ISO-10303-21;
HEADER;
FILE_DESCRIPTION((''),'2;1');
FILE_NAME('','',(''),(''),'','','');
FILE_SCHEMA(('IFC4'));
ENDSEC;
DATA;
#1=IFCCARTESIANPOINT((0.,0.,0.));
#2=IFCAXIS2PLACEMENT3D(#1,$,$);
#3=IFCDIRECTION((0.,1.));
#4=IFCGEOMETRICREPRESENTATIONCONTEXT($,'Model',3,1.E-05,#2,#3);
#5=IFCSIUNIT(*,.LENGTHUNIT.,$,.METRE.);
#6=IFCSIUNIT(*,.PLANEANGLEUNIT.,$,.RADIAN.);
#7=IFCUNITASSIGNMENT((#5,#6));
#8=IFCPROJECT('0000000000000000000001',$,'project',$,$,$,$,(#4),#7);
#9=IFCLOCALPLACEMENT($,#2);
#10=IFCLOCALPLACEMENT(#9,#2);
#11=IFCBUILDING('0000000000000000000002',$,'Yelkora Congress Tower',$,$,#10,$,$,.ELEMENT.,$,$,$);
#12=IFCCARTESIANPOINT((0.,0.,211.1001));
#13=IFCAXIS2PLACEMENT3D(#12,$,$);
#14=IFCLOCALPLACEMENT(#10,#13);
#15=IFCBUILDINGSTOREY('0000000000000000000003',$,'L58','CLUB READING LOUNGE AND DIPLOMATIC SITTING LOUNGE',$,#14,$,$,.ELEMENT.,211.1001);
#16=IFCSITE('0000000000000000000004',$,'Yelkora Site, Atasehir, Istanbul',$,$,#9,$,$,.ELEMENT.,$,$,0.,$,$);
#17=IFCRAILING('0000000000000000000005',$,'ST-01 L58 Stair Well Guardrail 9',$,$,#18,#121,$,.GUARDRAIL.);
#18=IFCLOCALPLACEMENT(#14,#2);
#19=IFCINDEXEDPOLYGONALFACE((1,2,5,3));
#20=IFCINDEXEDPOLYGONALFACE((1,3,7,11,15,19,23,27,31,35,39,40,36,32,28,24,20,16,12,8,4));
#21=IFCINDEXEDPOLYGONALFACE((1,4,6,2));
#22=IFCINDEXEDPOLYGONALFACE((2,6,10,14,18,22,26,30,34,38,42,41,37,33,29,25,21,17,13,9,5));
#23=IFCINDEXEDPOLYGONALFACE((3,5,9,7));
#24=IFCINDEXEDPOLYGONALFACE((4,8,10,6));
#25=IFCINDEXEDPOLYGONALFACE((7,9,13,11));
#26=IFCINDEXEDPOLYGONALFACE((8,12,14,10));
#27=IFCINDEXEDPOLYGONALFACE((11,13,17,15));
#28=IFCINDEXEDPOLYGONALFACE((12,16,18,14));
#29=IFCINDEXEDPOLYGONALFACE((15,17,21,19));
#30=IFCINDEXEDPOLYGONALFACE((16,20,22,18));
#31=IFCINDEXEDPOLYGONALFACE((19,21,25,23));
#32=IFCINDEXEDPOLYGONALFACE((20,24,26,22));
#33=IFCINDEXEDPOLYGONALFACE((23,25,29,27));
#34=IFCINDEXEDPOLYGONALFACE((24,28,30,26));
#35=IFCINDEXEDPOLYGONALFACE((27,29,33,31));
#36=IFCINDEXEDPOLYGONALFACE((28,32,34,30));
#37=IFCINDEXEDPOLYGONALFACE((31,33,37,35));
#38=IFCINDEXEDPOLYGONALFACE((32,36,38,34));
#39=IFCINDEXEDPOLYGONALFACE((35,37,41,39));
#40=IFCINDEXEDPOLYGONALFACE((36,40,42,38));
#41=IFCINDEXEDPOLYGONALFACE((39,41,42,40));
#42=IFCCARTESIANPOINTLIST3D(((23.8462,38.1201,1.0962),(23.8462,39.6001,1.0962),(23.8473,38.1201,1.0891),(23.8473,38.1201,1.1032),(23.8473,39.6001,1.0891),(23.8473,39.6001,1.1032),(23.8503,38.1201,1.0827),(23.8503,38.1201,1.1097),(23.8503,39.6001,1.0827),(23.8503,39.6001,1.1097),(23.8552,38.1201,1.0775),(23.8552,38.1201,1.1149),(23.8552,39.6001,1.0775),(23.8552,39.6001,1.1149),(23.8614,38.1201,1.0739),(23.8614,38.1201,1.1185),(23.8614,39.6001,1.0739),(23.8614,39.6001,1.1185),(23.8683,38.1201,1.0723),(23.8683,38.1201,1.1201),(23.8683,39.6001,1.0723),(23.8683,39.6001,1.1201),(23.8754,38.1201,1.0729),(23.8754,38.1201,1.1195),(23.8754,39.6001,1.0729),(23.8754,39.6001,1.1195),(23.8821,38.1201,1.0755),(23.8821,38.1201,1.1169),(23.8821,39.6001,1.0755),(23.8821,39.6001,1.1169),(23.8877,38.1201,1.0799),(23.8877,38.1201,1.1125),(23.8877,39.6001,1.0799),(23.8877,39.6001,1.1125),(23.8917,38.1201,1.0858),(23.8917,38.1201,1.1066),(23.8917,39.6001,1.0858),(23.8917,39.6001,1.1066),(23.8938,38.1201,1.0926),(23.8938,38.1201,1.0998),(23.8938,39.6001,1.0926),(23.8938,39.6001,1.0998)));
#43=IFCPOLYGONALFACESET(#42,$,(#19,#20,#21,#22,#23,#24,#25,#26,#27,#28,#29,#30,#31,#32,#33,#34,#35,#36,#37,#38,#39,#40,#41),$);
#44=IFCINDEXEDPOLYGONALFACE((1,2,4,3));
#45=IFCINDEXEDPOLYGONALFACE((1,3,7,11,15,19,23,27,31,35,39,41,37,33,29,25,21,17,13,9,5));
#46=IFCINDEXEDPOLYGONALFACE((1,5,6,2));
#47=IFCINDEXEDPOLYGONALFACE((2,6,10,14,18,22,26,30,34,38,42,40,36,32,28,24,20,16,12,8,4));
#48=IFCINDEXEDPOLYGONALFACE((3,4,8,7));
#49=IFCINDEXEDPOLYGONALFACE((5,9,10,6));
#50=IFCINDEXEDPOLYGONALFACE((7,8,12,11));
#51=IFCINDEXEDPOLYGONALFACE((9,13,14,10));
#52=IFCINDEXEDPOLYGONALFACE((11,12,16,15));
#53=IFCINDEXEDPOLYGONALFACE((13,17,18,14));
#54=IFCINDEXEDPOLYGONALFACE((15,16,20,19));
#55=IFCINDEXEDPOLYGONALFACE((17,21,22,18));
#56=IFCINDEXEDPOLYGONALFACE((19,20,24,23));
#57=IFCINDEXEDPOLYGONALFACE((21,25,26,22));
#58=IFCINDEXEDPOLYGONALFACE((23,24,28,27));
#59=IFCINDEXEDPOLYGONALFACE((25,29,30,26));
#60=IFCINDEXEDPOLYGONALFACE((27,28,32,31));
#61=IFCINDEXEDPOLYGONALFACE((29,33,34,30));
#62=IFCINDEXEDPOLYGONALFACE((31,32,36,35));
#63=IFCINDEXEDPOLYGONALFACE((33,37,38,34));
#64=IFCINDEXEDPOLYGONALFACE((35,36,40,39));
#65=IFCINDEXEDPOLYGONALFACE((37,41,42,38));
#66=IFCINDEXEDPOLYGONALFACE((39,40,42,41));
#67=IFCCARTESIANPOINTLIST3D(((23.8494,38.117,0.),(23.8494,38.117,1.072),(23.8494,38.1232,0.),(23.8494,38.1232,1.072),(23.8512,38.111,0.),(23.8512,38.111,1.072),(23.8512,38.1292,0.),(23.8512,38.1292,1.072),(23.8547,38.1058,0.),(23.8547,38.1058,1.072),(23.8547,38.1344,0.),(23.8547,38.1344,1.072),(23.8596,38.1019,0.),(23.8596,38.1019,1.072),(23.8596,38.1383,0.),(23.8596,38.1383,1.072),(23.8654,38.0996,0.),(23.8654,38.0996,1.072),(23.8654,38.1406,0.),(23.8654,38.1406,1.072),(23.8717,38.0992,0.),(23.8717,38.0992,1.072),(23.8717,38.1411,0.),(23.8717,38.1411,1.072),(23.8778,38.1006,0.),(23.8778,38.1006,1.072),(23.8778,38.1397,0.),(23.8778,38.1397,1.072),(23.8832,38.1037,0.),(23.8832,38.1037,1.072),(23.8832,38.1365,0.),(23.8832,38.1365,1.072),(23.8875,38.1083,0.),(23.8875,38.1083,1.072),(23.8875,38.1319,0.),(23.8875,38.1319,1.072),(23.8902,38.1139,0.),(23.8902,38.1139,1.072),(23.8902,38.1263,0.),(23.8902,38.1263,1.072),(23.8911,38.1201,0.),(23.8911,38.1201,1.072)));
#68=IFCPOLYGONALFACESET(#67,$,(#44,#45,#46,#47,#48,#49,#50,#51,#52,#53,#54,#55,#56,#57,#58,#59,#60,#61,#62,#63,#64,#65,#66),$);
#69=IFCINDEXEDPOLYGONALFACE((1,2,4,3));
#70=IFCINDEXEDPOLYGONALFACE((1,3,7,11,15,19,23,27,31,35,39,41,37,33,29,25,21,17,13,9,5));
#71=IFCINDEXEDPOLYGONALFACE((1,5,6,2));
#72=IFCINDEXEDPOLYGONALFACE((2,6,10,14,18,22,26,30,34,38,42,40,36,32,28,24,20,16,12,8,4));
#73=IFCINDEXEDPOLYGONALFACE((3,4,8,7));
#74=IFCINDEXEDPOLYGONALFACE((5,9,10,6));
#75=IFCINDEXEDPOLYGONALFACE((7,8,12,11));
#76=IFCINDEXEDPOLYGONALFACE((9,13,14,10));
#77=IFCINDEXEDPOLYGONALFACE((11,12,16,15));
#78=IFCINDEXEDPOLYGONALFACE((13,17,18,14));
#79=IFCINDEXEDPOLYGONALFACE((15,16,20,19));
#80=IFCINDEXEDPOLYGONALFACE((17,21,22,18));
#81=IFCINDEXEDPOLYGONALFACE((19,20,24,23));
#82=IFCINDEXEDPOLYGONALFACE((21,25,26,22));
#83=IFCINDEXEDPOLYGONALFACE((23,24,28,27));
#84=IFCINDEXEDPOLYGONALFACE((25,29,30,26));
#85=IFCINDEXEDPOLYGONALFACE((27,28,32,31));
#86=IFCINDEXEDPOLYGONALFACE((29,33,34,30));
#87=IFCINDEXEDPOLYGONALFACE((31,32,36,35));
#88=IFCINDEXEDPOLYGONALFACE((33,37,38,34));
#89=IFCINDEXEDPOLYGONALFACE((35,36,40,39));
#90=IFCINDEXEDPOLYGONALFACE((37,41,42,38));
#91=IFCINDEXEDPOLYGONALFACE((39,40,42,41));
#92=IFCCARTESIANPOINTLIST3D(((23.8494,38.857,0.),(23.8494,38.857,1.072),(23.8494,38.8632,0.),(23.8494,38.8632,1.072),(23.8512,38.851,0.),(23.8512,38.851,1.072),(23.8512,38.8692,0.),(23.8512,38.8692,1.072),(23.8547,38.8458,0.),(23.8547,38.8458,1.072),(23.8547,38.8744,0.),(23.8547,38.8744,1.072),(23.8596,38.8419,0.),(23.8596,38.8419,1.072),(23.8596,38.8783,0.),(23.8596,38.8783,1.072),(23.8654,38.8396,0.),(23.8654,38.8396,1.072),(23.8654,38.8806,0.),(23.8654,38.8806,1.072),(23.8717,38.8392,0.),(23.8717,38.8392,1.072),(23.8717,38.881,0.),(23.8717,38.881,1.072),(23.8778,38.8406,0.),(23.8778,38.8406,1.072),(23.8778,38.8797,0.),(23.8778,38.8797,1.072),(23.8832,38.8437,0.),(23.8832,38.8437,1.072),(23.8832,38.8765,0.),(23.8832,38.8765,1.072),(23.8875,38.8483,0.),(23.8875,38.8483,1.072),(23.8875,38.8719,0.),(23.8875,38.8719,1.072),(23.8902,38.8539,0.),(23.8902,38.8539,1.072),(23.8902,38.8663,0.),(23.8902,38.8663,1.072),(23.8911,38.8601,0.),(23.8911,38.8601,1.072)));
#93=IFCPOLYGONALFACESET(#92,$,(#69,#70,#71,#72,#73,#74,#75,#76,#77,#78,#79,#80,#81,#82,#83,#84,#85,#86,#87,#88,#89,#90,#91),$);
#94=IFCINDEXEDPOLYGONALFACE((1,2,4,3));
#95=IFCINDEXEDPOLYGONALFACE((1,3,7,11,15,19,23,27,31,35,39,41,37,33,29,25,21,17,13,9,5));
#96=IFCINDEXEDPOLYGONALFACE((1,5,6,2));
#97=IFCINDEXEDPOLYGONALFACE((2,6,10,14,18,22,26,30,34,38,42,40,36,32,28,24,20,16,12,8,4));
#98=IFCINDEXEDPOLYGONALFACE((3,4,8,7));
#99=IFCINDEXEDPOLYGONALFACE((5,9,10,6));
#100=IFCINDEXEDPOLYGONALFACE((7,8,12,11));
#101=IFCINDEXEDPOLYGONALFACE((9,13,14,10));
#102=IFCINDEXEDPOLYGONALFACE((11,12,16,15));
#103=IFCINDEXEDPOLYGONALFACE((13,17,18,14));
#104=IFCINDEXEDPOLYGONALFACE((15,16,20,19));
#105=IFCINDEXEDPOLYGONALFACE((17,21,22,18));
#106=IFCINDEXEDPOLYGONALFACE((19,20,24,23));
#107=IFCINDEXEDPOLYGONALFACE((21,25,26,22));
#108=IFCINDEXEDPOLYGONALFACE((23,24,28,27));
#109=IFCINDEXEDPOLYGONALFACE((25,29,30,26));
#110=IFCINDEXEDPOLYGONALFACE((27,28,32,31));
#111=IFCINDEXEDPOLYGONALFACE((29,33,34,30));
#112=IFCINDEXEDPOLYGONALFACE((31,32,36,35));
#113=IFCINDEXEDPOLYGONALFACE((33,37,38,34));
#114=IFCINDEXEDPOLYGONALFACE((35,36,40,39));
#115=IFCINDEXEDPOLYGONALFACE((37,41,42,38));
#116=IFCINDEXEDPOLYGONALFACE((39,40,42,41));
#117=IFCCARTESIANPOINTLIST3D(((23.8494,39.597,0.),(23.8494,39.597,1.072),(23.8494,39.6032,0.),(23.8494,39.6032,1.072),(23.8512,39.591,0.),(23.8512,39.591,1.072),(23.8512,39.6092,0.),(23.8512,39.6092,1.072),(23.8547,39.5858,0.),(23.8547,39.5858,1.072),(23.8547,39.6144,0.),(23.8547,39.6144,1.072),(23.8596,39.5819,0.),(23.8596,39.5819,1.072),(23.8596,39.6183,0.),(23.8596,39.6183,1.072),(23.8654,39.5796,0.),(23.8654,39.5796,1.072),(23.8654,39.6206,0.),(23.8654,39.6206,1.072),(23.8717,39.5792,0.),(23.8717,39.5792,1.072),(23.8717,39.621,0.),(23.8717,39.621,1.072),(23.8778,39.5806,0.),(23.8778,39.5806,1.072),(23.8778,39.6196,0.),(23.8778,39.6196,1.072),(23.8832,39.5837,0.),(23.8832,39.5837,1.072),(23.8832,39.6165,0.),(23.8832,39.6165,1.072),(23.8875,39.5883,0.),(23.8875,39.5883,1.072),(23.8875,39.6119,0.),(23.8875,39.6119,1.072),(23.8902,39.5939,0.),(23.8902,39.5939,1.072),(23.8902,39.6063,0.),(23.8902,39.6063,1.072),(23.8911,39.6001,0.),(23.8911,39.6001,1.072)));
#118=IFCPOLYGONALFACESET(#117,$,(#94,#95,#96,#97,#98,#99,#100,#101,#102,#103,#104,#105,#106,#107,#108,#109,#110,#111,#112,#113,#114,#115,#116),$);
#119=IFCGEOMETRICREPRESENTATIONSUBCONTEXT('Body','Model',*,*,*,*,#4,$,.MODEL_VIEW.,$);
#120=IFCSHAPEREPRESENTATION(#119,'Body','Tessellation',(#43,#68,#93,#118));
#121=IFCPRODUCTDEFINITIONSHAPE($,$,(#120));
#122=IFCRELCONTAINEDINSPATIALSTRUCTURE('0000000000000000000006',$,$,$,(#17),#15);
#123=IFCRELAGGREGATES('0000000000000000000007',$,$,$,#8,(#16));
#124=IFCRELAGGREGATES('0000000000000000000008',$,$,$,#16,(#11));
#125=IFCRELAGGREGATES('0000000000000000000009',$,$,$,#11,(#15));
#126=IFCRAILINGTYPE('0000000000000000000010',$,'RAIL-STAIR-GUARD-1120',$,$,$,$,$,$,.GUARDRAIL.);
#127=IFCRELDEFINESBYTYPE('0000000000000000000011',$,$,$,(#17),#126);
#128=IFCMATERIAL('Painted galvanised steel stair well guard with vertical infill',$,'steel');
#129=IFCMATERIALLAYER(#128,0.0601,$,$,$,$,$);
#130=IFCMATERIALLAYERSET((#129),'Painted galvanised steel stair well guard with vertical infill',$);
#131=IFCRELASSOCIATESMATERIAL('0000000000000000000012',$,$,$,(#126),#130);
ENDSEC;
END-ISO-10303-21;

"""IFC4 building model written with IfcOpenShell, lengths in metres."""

from ifc_helpers import new_model, si_unit, direction, frame, origin, origin_2d, place, context, subcontext, project, spatial, circle, extrude, material, layer, layer_set, type_object, element, save


model = new_model("IFC4")

# Units and contexts
model_context = context("Model", 3, precision=1e-05, world=origin(), true_north=direction((0.0, 1.0)))
body_context = subcontext(model_context, "Body", "Model", "MODEL_VIEW")
ifc_project = project(units=[si_unit("LENGTHUNIT", "METRE"), si_unit("PLANEANGLEUNIT", "RADIAN")], contexts=[model_context])

# Site, building, storey
site_placement = place(None, origin())
site = spatial("IfcSite", under=ifc_project, at=site_placement, Name="Yelkora Site, Atasehir, Istanbul", CompositionType="ELEMENT", RefElevation=0.0)
building_placement = place(site_placement, origin())
building = spatial("IfcBuilding", under=site, at=building_placement, Name="Yelkora Congress Tower", CompositionType="ELEMENT")
storey_placement = place(building_placement, frame((0.0, 0.0, 211.1001)))
storey = spatial("IfcBuildingStorey", under=building, at=storey_placement, Name="L58", Description="CLUB READING LOUNGE AND DIPLOMATIC SITTING LOUNGE", CompositionType="ELEMENT", Elevation=211.1001)

# Railing
ifc_material_1 = material(Name="Painted galvanised steel stair well guard with vertical infill", Category="steel")
ifc_layer_1 = layer(ifc_material_1, 0.0601)
ifc_layer_set_1 = layer_set([ifc_layer_1], Name="Painted galvanised steel stair well guard with vertical infill")
railing_type_1 = type_object("IfcRailingType", Name="RAIL-STAIR-GUARD-1120", PredefinedType="GUARDRAIL", material=ifc_layer_set_1)
railing_1_placement = place(storey_placement, frame((23.8701, 38.1201, 0.0)))
element("IfcRailing", 1, at=railing_1_placement, inside=storey, type_object=railing_type_1, Name="ST-01 L58 Stair Well Guardrail 9", PredefinedType="GUARDRAIL", context=body_context, shape_type="SweptSolid", body=[
    extrude(circle(Radius=0.0239, at=origin_2d()), frame((0.0, 0.0, 1.0962), z_axis=(0.0, 1.0, 0.0), x_axis=(-1.0, 0.0, 0.0)), (0.0, 0.0, 1.0), 1.48),
    extrude(circle(Radius=0.021, at=origin_2d()), origin(), (0.0, 0.0, 1.0), 1.072),
    extrude(circle(Radius=0.021, at=origin_2d()), frame((0.0, 0.74, 0.0)), (0.0, 0.0, 1.0), 1.072),
    extrude(circle(Radius=0.021, at=origin_2d()), frame((0.0, 1.48, 0.0)), (0.0, 0.0, 1.0), 1.072),
])

save(model, "model.ifc")
